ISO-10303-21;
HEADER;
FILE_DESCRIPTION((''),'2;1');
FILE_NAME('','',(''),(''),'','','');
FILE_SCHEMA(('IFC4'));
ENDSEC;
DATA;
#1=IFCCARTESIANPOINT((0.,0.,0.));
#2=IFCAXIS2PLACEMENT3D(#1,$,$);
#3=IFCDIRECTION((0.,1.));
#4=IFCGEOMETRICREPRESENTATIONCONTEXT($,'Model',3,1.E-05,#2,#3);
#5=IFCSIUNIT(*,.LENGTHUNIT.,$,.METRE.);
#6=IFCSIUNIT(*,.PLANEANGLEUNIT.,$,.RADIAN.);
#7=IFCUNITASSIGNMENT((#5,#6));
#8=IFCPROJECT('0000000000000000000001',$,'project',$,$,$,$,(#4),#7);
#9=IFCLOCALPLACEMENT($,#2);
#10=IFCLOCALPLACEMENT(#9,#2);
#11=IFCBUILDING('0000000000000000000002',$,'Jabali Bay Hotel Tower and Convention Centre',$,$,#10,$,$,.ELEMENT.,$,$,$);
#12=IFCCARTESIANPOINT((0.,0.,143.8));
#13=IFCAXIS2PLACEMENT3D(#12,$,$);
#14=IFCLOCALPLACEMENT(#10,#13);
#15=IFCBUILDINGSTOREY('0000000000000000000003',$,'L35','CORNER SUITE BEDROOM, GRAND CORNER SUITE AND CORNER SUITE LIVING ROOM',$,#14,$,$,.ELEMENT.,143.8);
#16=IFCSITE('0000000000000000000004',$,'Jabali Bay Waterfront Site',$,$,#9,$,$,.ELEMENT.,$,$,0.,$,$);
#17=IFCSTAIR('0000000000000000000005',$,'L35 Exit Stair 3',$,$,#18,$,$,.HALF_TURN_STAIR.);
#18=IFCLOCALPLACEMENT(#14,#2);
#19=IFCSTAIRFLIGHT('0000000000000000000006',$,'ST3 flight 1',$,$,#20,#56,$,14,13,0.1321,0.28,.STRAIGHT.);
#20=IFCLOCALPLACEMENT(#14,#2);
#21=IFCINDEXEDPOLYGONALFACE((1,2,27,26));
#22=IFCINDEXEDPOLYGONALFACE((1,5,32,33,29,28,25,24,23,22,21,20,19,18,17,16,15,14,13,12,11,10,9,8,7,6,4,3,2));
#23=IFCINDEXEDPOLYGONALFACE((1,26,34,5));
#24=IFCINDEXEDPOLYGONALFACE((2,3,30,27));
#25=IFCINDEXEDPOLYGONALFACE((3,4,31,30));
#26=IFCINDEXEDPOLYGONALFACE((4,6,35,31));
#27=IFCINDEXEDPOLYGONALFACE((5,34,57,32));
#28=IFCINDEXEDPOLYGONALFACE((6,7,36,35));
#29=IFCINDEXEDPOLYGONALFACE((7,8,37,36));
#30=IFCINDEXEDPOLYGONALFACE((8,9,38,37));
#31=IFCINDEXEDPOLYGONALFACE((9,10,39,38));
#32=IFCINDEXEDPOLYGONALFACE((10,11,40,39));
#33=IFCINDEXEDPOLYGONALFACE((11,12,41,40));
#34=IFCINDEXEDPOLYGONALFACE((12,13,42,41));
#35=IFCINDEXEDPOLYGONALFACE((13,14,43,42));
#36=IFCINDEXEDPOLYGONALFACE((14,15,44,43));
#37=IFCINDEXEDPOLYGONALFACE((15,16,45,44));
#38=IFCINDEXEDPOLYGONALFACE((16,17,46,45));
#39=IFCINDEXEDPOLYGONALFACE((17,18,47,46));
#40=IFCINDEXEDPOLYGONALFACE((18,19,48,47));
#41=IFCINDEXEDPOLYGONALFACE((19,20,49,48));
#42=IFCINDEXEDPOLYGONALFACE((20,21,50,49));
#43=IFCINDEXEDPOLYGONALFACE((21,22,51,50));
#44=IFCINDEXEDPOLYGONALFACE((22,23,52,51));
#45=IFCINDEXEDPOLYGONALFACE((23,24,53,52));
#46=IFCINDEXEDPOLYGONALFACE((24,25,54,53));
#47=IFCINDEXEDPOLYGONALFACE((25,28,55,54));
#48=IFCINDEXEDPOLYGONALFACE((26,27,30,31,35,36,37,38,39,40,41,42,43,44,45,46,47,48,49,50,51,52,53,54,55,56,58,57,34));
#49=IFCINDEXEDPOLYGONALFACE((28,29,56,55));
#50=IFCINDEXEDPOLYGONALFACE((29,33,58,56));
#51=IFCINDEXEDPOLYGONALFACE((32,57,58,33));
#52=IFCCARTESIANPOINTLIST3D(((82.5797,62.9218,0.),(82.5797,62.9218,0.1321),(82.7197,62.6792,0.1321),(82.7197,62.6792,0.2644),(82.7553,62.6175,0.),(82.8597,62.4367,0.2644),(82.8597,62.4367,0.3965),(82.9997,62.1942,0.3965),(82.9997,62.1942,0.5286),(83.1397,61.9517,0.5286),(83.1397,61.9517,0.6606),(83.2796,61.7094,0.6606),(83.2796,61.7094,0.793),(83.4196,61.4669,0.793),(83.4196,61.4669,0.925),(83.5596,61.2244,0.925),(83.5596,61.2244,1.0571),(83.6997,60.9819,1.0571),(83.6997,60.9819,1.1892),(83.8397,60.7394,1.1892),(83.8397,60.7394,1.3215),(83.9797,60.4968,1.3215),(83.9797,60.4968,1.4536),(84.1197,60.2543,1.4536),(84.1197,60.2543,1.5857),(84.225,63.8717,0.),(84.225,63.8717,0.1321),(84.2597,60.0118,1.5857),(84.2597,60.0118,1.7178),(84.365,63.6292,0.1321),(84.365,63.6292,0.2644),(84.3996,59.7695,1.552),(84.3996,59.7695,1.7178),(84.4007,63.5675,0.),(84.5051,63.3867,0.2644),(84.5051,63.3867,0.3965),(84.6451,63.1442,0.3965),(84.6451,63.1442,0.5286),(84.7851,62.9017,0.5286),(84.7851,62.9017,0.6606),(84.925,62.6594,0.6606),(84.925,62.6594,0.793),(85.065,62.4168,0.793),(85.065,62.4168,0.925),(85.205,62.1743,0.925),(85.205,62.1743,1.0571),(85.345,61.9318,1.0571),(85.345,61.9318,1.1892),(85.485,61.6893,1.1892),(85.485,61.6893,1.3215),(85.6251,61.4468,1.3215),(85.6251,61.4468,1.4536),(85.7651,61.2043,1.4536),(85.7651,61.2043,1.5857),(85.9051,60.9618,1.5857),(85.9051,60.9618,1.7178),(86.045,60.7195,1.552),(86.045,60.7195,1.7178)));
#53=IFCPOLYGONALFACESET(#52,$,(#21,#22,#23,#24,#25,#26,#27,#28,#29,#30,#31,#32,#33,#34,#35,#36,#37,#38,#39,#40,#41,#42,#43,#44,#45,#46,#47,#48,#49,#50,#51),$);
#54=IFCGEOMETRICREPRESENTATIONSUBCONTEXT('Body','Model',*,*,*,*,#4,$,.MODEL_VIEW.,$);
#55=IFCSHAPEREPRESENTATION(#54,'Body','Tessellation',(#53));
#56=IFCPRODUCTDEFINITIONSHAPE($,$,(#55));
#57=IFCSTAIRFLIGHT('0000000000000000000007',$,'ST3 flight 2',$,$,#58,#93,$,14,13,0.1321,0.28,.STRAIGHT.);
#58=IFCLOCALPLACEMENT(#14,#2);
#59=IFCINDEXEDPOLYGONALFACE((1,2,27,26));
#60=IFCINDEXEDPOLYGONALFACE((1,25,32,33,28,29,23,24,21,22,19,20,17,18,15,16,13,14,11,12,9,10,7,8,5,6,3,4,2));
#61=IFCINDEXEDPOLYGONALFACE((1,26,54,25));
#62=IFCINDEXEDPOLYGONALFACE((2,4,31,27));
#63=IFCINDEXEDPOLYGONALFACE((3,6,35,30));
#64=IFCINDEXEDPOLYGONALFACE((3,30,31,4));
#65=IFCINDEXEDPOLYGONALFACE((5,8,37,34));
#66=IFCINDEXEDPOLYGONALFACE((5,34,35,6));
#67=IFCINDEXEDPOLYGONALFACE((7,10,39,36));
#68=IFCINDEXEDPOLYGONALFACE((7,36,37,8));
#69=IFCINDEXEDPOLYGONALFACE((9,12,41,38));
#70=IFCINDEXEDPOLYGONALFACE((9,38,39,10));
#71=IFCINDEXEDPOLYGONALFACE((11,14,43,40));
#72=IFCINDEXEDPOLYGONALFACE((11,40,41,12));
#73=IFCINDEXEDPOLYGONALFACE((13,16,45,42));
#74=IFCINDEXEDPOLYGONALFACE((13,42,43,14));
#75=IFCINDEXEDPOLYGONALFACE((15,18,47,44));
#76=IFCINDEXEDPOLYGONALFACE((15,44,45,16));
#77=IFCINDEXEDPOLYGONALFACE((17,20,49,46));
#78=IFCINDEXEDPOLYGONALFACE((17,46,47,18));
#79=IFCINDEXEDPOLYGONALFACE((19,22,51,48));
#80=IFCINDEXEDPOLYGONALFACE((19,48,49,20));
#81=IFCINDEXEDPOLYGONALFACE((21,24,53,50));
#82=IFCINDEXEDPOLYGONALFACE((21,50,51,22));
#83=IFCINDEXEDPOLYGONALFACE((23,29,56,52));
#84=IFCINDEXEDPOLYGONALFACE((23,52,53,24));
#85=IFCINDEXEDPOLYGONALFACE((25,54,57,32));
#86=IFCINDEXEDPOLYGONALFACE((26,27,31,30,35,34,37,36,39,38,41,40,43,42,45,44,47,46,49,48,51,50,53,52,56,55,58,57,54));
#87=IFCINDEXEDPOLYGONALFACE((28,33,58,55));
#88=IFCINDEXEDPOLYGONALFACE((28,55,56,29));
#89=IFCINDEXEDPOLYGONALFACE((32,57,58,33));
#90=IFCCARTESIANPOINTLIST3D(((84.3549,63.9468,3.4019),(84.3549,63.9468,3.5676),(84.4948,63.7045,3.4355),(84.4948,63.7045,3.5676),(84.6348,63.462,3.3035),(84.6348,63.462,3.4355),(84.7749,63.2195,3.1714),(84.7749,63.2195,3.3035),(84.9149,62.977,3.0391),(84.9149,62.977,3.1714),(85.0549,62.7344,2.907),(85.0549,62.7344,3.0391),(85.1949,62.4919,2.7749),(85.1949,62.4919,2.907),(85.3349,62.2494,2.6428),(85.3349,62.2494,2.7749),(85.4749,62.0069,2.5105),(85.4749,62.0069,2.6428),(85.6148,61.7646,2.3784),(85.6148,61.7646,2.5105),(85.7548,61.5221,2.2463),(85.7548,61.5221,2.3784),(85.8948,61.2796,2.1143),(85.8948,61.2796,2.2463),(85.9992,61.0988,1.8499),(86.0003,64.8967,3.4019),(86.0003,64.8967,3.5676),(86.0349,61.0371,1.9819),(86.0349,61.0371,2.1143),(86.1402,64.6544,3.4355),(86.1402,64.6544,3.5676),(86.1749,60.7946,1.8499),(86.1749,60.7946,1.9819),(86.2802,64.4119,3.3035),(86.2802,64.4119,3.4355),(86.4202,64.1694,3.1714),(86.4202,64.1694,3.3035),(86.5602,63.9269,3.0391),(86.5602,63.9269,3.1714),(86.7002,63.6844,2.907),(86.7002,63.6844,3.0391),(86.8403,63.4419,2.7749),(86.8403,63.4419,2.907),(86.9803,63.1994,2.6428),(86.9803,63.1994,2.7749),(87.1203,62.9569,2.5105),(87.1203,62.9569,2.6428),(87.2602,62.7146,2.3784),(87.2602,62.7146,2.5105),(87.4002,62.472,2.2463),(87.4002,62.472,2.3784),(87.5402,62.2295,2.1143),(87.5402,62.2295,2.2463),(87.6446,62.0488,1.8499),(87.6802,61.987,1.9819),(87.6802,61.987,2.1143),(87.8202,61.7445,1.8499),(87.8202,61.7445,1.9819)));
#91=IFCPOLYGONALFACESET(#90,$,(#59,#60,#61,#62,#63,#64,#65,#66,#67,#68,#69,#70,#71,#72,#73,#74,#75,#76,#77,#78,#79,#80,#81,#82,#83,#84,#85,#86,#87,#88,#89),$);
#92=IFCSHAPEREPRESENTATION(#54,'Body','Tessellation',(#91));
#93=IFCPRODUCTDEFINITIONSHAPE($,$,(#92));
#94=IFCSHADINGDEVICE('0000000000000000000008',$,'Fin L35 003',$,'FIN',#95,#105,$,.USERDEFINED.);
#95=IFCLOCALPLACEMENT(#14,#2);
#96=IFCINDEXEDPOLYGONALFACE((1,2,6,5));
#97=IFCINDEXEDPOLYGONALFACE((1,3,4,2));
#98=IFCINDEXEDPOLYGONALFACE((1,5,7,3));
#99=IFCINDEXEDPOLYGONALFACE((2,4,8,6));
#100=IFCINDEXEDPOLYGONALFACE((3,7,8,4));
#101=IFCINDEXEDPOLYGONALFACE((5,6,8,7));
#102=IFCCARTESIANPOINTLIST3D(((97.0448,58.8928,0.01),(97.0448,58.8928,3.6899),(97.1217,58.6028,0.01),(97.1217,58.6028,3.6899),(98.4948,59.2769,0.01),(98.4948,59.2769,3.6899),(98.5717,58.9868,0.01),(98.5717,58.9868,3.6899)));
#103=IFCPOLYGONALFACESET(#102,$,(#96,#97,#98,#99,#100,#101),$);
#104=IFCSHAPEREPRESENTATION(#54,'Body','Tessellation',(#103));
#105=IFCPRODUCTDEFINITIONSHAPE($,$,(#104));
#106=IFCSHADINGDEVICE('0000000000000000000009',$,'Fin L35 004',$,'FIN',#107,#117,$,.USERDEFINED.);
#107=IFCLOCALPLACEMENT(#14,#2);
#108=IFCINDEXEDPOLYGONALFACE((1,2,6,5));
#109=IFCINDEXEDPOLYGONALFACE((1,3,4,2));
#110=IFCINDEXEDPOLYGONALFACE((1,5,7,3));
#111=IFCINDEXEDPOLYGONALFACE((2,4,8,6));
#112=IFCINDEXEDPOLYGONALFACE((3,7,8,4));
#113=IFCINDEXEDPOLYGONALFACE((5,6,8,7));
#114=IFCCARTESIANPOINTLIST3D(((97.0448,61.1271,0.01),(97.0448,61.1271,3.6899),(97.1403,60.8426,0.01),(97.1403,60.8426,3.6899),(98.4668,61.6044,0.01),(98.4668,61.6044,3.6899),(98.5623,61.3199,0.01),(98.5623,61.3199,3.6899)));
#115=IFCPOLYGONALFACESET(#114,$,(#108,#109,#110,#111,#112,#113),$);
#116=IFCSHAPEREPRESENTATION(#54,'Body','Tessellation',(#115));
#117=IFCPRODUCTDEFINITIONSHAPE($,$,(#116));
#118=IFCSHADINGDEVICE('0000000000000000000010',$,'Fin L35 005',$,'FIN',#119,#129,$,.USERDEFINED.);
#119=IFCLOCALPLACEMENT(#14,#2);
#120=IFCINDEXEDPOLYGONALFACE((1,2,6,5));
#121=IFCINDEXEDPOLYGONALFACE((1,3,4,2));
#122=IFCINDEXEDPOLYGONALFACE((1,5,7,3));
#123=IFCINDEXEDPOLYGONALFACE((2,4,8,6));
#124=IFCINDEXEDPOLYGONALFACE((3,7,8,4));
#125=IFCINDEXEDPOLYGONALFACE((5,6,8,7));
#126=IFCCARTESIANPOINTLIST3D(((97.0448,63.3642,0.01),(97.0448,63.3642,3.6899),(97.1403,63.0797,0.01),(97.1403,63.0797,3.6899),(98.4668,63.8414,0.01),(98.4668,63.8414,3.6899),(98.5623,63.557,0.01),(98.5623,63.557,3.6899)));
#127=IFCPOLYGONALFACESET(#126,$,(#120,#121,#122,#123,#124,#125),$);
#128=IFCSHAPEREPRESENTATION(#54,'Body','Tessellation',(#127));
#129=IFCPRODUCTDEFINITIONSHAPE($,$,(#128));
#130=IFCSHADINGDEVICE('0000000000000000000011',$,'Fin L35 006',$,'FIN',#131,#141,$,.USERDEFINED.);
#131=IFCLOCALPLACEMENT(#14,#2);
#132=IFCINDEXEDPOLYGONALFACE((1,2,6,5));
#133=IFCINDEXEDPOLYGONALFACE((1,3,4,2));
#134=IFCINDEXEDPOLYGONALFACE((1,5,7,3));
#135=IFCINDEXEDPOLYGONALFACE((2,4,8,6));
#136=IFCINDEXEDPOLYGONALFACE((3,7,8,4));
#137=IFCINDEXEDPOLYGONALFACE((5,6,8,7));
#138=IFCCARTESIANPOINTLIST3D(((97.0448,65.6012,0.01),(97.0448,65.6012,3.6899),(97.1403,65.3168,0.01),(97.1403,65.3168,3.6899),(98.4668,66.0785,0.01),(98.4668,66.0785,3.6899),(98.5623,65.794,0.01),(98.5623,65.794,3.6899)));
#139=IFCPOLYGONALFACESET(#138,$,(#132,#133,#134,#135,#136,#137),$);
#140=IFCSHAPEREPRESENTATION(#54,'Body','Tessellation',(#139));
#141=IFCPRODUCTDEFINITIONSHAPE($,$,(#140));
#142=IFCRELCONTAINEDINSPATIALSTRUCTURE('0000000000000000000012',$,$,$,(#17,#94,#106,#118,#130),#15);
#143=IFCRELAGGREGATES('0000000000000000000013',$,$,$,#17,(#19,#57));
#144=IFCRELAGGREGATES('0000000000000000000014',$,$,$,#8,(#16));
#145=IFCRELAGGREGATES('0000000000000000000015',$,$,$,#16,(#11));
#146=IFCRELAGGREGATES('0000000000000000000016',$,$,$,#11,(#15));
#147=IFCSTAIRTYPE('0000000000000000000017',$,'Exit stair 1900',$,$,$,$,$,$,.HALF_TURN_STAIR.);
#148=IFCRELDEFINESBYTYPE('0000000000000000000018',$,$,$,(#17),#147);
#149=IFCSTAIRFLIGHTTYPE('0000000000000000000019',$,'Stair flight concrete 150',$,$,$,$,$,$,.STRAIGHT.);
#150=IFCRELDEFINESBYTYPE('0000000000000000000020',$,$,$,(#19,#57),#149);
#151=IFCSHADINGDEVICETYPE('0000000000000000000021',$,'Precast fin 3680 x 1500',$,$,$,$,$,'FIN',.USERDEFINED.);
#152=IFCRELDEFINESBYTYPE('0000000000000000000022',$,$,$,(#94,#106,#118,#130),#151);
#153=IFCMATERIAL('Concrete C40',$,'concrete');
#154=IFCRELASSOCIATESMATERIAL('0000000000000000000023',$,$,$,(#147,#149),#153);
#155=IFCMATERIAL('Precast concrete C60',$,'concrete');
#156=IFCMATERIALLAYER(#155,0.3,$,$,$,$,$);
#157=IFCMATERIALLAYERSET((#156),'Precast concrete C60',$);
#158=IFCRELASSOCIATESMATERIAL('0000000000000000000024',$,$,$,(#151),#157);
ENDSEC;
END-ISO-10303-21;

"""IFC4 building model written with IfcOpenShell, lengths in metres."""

from ifc_helpers import new_model, si_unit, direction, frame, frame_2d, origin, place, context, subcontext, project, spatial, polyline, rectangle, outline, extrude, material, layer, layer_set, type_object, element, aggregate, save


model = new_model("IFC4")

# Units and contexts
model_context = context("Model", 3, precision=1e-05, world=origin(), true_north=direction((0.0, 1.0)))
body_context = subcontext(model_context, "Body", "Model", "MODEL_VIEW")
ifc_project = project(units=[si_unit("LENGTHUNIT", "METRE"), si_unit("PLANEANGLEUNIT", "RADIAN")], contexts=[model_context])

# Site, building, storey
site_placement = place(None, origin())
site = spatial("IfcSite", under=ifc_project, at=site_placement, Name="Jabali Bay Waterfront Site", CompositionType="ELEMENT", RefElevation=0.0)
building_placement = place(site_placement, origin())
building = spatial("IfcBuilding", under=site, at=building_placement, Name="Jabali Bay Hotel Tower and Convention Centre", CompositionType="ELEMENT")
storey_placement = place(building_placement, frame((0.0, 0.0, 143.8)))
storey = spatial("IfcBuildingStorey", under=building, at=storey_placement, Name="L35", Description="CORNER SUITE BEDROOM, GRAND CORNER SUITE AND CORNER SUITE LIVING ROOM", CompositionType="ELEMENT", Elevation=143.8)

# Shared definitions
ifc_material_1 = material(Name="Concrete C40", Category="concrete")

# Stair, stair flights
stair_type = type_object("IfcStairType", Name="Exit stair 1900", PredefinedType="HALF_TURN_STAIR", material=ifc_material_1)
stair_placement = place(storey_placement, origin())
stair = element("IfcStair", 1, at=stair_placement, inside=storey, type_object=stair_type, Name="L35 Exit Stair 3", PredefinedType="HALF_TURN_STAIR")
stair_flight_type = type_object("IfcStairFlightType", Name="Stair flight concrete 150", PredefinedType="STRAIGHT", material=ifc_material_1)
stair_flight_1_placement = place(storey_placement, frame((83.4023, 63.3967, 0.0), z_axis=(0.0, 0.0, 1.0), x_axis=(0.5, -0.866025, 0.0)))
stair_flight_1 = element("IfcStairFlight", 2, at=stair_flight_1_placement, type_object=stair_flight_type, Name="ST3 flight 1", NumberOfRisers=14, NumberOfTreads=13, PredefinedType="STRAIGHT", RiserHeight=0.1321, TreadLength=0.28, context=body_context, shape_type="SweptSolid", body=[
    extrude(outline(polyline([(0.0, 0.0), (0.0, 0.1321), (0.28, 0.1321), (0.28, 0.2644), (0.5601, 0.2644), (0.5601, 0.3965), (0.8401, 0.3965), (0.8401, 0.5286), (1.1201, 0.5286), (1.1201, 0.6606), (1.3999, 0.6606), (1.3999, 0.793), (1.6799, 0.793), (1.6799, 0.925), (1.96, 0.925), (1.96, 1.0571), (2.24, 1.0571), (2.24, 1.1892), (2.52, 1.1892), (2.52, 1.3215), (2.8, 1.3215), (2.8, 1.4536), (3.0801, 1.4536), (3.0801, 1.5857), (3.3601, 1.5857), (3.3601, 1.7178), (3.6399, 1.7178), (3.6399, 1.8501), (3.6399, 1.552), (0.3513, 0.0), (0.0, 0.0)])), frame((0.0, 0.95, 0.0), z_axis=(0.0, -1.0, 0.0), x_axis=(1.0, 0.0, 0.0)), (0.0, 0.0, 1.0), 1.8999),
])
stair_flight_2_placement = place(storey_placement, frame((86.9976, 61.2695, 1.8499), z_axis=(0.0, 0.0, 1.0), x_axis=(-0.5, 0.866025, 0.0)))
stair_flight_2 = element("IfcStairFlight", 3, at=stair_flight_2_placement, type_object=stair_flight_type, Name="ST3 flight 2", NumberOfRisers=14, NumberOfTreads=13, PredefinedType="STRAIGHT", RiserHeight=0.1321, TreadLength=0.28, context=body_context, shape_type="SweptSolid", body=[
    extrude(outline(polyline([(0.0, 0.0), (0.0, 0.1321), (0.28, 0.1321), (0.28, 0.2644), (0.5601, 0.2644), (0.5601, 0.3965), (0.8401, 0.3965), (0.8401, 0.5286), (1.1201, 0.5286), (1.1201, 0.6606), (1.3999, 0.6606), (1.3999, 0.793), (1.6799, 0.793), (1.6799, 0.925), (1.96, 0.925), (1.96, 1.0571), (2.24, 1.0571), (2.24, 1.1892), (2.52, 1.1892), (2.52, 1.3215), (2.8, 1.3215), (2.8, 1.4536), (3.0801, 1.4536), (3.0801, 1.5857), (3.3601, 1.5857), (3.3601, 1.7178), (3.6399, 1.7178), (3.6399, 1.8501), (3.6399, 1.552), (0.3513, 0.0), (0.0, 0.0)])), frame((0.0, 0.95, 0.0), z_axis=(0.0, -1.0, 0.0), x_axis=(1.0, 0.0, 0.0)), (0.0, 0.0, 1.0), 1.8999),
])
aggregate(stair, [stair_flight_1, stair_flight_2])

# Shading devices
ifc_material_2 = material(Name="Precast concrete C60", Category="concrete")
ifc_layer_1 = layer(ifc_material_2, 0.3)
ifc_layer_set_1 = layer_set([ifc_layer_1], Name="Precast concrete C60")
shading_device_type = type_object("IfcShadingDeviceType", Name="Precast fin 3680 x 1500", ElementType="FIN", PredefinedType="USERDEFINED", material=ifc_layer_set_1)
for number, where, z_axis, x_axis, name in (
    (4, (97.0833, 58.7478, 0.01), (0.0, 0.0, 1.0), (0.966669, 0.256031, 0.0), "Fin L35 003"),
    (5, (97.0925, 60.9849, 0.01), (0.0, 0.0, 1.0), (0.94803, 0.31818, 0.0), "Fin L35 004"),
    (6, (97.0925, 63.2219, 0.01), (0.0, 0.0, 1.0), (0.94803, 0.31818, 0.0), "Fin L35 005"),
    (7, (97.0925, 65.459, 0.01), (0.0, 0.0, 1.0), (0.94803, 0.31818, 0.0), "Fin L35 006"),
):
    element("IfcShadingDevice", number, at=place(storey_placement, frame(where, z_axis=z_axis, x_axis=x_axis)), inside=storey, type_object=shading_device_type, Name=name, ObjectType="FIN", PredefinedType="USERDEFINED", context=body_context, shape_type="SweptSolid", body=[
        extrude(rectangle(XDim=1.5, YDim=0.3, at=frame_2d((0.75, 0.0))), origin(), (0.0, 0.0, 1.0), 3.6799),
    ])

save(model, "model.ifc")
